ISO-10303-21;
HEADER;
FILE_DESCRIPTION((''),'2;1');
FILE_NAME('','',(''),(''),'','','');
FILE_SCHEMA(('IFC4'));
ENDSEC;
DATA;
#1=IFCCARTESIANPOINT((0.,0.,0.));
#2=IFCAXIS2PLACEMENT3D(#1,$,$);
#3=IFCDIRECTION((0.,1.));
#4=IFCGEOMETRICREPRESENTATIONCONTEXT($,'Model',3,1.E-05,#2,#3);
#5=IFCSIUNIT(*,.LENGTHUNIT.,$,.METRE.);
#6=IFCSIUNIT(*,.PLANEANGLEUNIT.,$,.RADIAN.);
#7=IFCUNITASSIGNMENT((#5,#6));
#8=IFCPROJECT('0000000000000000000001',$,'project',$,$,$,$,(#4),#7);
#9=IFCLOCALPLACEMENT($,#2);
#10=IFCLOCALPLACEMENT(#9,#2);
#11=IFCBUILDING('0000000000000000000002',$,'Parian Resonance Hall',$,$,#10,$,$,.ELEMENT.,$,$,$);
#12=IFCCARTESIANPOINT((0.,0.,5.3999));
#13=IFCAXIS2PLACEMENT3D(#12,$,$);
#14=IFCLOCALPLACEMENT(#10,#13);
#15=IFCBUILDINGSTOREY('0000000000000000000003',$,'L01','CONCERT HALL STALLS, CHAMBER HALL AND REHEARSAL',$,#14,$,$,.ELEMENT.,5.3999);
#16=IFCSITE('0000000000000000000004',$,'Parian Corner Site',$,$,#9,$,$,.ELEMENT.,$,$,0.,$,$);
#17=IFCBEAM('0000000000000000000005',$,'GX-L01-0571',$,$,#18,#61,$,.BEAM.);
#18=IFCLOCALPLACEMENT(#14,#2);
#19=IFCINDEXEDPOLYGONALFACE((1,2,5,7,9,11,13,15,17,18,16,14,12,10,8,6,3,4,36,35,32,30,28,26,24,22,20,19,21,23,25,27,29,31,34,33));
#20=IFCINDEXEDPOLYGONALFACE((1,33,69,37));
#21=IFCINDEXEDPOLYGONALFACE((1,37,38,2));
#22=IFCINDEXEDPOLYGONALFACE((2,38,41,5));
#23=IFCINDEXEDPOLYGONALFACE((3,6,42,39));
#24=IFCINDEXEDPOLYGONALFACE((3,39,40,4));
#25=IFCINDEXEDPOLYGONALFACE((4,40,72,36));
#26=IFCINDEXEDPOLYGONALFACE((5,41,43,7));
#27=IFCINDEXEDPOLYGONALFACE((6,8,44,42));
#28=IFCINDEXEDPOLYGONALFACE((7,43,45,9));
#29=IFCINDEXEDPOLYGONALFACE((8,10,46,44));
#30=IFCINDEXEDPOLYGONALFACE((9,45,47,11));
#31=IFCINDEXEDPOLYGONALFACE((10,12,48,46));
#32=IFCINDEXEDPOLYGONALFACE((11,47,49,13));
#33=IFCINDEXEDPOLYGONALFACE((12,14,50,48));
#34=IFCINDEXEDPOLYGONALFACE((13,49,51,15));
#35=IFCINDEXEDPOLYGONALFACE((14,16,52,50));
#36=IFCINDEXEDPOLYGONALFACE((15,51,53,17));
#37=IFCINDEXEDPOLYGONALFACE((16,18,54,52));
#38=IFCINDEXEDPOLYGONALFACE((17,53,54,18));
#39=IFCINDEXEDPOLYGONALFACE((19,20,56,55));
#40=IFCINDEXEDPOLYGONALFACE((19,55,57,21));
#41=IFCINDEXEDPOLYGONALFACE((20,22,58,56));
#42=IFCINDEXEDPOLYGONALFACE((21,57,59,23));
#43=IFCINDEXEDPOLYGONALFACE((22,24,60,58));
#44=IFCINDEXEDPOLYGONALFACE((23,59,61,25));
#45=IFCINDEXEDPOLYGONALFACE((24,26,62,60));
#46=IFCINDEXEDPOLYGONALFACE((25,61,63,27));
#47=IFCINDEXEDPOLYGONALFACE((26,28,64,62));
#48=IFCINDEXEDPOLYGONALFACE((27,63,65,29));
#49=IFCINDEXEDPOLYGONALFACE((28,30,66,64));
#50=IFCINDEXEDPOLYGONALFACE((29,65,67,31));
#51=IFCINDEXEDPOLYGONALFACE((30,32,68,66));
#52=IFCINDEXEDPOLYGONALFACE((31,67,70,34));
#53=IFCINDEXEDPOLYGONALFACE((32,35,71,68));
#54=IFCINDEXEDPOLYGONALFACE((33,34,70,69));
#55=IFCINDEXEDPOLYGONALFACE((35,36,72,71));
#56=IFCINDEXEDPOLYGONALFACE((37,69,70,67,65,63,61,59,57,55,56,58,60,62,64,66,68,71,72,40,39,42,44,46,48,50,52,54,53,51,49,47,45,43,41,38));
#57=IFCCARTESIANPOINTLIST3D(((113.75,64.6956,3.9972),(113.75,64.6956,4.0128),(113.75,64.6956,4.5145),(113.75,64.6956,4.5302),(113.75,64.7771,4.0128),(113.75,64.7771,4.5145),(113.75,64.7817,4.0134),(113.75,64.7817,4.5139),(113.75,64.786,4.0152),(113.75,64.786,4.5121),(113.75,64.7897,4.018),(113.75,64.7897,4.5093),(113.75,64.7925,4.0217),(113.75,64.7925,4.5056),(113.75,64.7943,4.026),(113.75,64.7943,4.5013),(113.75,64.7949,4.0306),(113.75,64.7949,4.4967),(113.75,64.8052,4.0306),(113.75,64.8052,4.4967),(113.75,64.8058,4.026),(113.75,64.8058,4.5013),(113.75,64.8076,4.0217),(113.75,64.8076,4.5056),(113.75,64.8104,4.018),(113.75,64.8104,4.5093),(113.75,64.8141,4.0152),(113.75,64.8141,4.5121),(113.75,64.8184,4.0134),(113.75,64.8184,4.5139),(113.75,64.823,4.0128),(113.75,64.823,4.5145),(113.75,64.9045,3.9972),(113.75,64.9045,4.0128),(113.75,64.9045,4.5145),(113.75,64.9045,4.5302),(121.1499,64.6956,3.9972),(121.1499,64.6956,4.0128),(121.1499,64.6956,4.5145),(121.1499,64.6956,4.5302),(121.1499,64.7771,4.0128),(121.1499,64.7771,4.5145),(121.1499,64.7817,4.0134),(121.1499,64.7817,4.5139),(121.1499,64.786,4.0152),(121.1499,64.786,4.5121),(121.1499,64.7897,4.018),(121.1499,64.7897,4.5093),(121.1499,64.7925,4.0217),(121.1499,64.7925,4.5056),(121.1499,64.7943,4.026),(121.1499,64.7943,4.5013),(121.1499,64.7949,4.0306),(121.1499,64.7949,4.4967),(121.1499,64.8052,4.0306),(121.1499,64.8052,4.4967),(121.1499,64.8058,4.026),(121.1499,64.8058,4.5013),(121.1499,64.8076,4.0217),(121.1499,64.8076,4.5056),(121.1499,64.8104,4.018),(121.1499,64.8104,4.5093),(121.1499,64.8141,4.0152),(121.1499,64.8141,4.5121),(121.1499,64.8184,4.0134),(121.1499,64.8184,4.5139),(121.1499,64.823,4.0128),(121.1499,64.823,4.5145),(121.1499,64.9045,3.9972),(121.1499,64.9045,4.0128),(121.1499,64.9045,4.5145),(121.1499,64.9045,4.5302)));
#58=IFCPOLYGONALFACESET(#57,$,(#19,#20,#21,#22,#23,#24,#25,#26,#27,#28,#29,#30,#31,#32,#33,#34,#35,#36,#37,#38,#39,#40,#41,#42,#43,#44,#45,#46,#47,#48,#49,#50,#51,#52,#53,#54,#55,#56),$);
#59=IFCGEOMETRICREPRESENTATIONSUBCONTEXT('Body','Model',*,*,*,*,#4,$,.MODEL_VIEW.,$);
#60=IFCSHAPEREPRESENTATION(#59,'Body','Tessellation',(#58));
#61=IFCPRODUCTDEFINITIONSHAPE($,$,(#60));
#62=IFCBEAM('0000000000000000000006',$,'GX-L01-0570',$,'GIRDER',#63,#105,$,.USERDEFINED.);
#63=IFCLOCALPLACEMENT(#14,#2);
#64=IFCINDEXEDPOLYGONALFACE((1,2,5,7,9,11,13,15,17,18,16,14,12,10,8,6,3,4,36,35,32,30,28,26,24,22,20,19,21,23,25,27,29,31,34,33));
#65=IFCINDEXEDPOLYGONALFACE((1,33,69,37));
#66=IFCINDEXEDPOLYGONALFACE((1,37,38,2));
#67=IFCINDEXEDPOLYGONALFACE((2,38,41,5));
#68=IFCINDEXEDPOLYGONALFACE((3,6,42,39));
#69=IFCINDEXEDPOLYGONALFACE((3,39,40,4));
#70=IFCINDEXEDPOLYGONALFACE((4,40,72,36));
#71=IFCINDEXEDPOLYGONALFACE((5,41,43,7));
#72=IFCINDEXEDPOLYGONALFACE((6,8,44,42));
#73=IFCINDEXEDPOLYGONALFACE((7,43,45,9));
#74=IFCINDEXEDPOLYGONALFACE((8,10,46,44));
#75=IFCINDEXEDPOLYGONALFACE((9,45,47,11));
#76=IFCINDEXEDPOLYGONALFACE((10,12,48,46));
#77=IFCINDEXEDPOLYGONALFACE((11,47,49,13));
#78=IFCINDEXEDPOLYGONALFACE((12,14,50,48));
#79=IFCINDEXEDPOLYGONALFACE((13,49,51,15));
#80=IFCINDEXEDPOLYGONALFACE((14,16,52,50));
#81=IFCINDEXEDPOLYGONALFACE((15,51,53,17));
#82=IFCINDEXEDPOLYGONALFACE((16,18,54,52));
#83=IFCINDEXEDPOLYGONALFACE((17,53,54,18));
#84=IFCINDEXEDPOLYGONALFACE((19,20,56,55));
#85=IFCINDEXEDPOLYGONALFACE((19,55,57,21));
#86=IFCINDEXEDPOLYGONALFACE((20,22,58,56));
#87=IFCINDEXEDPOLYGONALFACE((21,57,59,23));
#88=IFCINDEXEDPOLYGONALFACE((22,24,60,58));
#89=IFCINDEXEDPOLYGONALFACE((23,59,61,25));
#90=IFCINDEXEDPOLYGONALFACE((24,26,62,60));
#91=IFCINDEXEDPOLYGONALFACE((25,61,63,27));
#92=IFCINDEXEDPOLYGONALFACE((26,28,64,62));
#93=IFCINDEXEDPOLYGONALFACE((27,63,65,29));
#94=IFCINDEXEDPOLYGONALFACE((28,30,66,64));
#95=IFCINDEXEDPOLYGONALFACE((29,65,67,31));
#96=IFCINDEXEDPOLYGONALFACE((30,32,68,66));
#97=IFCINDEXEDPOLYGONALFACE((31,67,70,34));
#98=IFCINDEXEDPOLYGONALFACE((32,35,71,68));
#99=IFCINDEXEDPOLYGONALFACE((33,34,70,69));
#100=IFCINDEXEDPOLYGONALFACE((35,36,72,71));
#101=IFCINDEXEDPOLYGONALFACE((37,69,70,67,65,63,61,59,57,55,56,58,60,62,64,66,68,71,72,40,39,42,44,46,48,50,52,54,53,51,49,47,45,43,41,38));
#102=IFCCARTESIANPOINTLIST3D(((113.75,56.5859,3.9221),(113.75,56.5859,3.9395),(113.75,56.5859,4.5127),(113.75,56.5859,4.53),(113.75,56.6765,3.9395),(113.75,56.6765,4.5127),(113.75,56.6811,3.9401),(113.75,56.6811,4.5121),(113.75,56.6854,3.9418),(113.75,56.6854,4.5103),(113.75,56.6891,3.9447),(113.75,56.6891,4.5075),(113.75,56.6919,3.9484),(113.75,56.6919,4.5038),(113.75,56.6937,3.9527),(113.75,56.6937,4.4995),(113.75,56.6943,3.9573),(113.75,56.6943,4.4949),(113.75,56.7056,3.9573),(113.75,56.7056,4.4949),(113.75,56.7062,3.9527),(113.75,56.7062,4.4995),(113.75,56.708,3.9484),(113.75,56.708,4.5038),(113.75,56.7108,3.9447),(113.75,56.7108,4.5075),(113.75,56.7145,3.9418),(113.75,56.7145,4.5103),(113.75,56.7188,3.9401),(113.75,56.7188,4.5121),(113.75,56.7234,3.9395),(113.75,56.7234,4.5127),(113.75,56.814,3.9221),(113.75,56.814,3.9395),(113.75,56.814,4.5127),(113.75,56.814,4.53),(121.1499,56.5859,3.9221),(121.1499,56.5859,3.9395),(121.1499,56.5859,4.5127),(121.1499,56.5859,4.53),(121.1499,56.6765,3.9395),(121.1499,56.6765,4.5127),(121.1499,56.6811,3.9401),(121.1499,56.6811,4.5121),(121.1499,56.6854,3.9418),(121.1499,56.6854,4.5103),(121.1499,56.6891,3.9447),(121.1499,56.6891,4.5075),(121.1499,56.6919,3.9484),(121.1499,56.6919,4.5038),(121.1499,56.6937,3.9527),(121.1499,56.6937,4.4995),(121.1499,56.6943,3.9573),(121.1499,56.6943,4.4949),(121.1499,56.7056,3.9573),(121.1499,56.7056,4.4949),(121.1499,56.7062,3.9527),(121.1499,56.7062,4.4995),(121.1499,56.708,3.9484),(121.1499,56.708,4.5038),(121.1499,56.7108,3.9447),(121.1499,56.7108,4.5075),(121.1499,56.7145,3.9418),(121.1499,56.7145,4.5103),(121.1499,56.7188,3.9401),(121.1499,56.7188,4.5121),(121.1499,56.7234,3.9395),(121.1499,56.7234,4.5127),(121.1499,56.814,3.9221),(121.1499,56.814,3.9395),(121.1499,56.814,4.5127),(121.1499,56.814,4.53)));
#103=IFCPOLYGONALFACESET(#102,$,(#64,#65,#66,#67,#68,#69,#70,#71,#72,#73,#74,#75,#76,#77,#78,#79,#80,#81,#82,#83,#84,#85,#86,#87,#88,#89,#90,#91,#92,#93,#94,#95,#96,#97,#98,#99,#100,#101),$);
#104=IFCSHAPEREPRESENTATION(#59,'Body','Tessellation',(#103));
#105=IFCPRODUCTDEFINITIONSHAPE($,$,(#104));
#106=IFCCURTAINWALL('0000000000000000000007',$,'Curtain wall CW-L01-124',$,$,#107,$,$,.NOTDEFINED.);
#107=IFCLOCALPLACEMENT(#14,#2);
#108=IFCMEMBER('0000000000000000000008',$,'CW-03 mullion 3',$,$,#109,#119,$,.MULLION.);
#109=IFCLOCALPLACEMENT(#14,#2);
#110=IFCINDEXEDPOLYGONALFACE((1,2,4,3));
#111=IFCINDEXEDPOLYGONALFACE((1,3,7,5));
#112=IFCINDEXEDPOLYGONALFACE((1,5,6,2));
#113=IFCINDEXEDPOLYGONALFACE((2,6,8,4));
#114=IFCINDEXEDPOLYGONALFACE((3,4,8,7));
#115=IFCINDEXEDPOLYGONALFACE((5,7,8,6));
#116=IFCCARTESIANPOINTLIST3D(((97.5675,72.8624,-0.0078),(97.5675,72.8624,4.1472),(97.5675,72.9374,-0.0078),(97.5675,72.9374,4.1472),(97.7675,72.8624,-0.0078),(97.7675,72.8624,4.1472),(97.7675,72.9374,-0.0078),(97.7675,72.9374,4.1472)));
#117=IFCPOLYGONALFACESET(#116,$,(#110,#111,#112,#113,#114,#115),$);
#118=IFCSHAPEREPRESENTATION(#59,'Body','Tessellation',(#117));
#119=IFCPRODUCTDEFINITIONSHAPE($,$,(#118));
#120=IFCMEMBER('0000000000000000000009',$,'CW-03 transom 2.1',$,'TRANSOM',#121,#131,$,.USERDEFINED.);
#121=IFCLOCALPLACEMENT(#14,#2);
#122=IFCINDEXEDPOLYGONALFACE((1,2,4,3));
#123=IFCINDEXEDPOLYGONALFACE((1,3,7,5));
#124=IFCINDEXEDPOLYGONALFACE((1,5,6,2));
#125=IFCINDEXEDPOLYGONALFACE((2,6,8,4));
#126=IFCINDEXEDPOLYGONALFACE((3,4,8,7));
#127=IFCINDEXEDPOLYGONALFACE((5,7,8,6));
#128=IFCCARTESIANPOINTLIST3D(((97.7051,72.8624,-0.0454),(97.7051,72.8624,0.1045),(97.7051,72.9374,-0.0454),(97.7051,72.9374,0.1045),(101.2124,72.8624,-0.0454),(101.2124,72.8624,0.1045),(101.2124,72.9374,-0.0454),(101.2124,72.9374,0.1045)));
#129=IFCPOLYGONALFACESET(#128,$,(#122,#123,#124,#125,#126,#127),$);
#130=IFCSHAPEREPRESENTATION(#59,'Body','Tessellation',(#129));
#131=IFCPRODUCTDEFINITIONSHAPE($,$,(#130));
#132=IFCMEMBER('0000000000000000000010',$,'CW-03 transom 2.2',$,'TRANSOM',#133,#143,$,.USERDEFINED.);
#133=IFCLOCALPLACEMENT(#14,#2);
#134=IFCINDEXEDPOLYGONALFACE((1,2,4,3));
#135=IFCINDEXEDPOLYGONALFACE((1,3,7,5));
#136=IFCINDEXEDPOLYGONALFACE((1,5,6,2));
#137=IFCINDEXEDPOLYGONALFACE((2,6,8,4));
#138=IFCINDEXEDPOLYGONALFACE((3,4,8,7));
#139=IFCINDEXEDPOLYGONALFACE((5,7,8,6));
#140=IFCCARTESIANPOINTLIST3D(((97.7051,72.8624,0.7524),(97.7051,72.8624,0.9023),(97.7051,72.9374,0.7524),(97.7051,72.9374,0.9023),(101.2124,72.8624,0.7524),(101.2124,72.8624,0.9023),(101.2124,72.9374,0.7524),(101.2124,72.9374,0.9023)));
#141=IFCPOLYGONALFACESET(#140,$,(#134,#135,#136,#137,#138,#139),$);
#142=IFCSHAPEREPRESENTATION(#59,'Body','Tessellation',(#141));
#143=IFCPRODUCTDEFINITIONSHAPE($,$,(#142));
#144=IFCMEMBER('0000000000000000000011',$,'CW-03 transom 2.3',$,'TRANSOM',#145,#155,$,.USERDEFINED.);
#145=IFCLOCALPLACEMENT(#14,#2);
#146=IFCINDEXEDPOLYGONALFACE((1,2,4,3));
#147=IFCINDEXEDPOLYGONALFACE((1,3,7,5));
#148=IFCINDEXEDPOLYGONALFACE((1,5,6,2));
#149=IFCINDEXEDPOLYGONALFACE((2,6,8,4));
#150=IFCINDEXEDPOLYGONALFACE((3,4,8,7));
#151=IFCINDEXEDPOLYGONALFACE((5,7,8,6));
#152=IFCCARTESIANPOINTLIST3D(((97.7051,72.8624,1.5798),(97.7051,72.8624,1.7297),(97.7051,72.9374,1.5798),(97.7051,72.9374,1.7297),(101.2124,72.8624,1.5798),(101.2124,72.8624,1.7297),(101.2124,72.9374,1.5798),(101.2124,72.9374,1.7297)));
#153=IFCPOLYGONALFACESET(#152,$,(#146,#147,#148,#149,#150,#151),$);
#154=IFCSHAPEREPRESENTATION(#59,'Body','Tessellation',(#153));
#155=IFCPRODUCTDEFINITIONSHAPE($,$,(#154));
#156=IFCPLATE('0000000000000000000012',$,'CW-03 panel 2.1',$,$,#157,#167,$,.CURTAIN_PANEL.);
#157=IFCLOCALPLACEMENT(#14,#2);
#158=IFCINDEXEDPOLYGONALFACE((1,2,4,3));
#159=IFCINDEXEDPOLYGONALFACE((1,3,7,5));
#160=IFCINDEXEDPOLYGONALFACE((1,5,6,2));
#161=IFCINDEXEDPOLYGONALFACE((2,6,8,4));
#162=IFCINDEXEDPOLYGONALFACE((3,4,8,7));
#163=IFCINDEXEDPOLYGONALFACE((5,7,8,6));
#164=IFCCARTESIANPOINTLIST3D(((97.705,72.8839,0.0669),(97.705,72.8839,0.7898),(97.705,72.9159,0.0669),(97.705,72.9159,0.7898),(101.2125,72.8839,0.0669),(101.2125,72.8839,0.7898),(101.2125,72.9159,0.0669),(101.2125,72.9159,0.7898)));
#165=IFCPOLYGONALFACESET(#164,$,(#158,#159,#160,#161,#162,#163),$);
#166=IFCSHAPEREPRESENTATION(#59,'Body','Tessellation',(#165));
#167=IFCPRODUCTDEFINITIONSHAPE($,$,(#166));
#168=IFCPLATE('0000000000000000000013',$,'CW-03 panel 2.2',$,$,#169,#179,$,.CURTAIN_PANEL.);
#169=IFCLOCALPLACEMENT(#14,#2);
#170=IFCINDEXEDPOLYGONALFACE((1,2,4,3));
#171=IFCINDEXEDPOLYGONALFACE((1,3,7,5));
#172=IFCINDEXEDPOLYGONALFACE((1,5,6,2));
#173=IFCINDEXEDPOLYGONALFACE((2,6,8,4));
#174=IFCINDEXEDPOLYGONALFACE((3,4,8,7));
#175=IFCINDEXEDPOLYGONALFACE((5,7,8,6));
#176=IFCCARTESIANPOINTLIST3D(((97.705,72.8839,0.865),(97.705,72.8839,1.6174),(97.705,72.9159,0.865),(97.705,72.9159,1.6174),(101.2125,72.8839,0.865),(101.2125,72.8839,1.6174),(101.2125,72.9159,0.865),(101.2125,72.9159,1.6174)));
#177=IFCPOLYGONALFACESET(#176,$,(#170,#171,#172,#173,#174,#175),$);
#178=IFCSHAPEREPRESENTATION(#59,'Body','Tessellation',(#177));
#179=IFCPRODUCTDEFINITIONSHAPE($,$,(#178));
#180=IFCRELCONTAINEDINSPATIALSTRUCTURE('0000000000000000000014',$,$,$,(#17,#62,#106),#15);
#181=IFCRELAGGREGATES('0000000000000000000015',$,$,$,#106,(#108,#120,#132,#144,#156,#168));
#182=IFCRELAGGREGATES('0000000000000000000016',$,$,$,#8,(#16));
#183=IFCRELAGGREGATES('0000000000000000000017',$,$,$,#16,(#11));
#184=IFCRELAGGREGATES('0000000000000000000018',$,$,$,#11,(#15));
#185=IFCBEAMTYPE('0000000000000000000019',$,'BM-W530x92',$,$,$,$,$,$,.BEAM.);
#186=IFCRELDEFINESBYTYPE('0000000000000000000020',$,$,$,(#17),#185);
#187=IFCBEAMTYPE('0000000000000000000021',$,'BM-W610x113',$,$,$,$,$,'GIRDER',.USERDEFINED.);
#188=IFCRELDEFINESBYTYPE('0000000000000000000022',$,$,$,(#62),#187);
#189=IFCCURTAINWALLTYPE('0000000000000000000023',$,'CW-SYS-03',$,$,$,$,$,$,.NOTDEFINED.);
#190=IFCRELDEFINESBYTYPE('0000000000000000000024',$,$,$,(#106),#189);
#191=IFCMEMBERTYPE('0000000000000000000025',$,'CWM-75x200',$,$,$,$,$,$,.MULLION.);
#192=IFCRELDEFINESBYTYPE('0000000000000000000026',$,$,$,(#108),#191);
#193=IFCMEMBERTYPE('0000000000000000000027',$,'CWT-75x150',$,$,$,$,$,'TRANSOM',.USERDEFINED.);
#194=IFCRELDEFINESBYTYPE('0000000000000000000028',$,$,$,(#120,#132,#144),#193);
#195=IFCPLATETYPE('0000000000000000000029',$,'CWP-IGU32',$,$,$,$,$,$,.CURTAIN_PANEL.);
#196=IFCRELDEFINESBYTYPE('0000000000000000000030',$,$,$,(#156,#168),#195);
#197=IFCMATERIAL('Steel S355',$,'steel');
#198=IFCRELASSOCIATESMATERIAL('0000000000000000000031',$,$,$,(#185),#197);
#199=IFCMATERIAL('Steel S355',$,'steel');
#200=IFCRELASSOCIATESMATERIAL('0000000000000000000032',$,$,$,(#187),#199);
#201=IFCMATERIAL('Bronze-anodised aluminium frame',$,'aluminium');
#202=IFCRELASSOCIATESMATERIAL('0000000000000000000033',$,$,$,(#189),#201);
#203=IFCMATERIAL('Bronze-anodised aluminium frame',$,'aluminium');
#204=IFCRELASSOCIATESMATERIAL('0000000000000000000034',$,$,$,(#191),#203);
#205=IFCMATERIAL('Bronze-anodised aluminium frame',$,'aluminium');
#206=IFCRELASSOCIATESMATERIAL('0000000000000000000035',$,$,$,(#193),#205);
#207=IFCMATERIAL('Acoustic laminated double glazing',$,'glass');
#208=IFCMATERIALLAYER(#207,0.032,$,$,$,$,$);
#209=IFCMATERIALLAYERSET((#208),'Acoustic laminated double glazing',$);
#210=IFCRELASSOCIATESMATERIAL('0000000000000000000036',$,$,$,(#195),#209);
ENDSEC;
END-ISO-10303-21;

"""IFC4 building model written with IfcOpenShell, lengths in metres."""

from ifc_helpers import new_model, si_unit, direction, frame, origin, origin_2d, place, context, subcontext, project, spatial, rectangle, i_section, extrude, material, layer, layer_set, material_profile, profile_set, type_object, element, aggregate, save


model = new_model("IFC4")

# Units and contexts
model_context = context("Model", 3, precision=1e-05, world=origin(), true_north=direction((0.0, 1.0)))
body_context = subcontext(model_context, "Body", "Model", "MODEL_VIEW")
ifc_project = project(units=[si_unit("LENGTHUNIT", "METRE"), si_unit("PLANEANGLEUNIT", "RADIAN")], contexts=[model_context])

# Site, building, storey
site_placement = place(None, origin())
site = spatial("IfcSite", under=ifc_project, at=site_placement, Name="Parian Corner Site", CompositionType="ELEMENT", RefElevation=0.0)
building_placement = place(site_placement, origin())
building = spatial("IfcBuilding", under=site, at=building_placement, Name="Parian Resonance Hall", CompositionType="ELEMENT")
storey_placement = place(building_placement, frame((0.0, 0.0, 5.3999)))
storey = spatial("IfcBuildingStorey", under=building, at=storey_placement, Name="L01", Description="CONCERT HALL STALLS, CHAMBER HALL AND REHEARSAL", CompositionType="ELEMENT", Elevation=5.3999)

# Beams
ifc_material_1 = material(Name="Steel S355", Category="steel")
ifc_material_profile_1 = material_profile(ifc_material_1, i_section(OverallWidth=0.209, OverallDepth=0.533, WebThickness=0.0103, FlangeThickness=0.0156, FilletRadius=0.0178, at=origin_2d()), Name="W530x92")
ifc_profile_set_1 = profile_set([ifc_material_profile_1], Name="Steel S355")
beam_type_1 = type_object("IfcBeamType", Name="BM-W530x92", PredefinedType="BEAM", material=ifc_profile_set_1)
beam_1_placement = place(storey_placement, frame((113.75, 64.8, 4.2637), z_axis=(1.0, 0.0, 0.0), x_axis=(0.0, 1.0, 0.0)))
element("IfcBeam", 1, at=beam_1_placement, inside=storey, type_object=beam_type_1, Name="GX-L01-0571", PredefinedType="BEAM", context=body_context, shape_type="SweptSolid", body=[
    extrude(i_section(OverallWidth=0.209, OverallDepth=0.533, WebThickness=0.0103, FlangeThickness=0.0156, FilletRadius=0.0178, at=origin_2d()), origin(), (0.0, 0.0, 1.0), 7.3999),
])
ifc_material_2 = material(Name="Steel S355", Category="steel")
ifc_material_profile_2 = material_profile(ifc_material_2, i_section(OverallWidth=0.228, OverallDepth=0.6079, WebThickness=0.0112, FlangeThickness=0.0173, FilletRadius=0.0178, at=origin_2d()), Name="W610x113")
ifc_profile_set_2 = profile_set([ifc_material_profile_2], Name="Steel S355")
beam_type_2 = type_object("IfcBeamType", Name="BM-W610x113", ElementType="GIRDER", PredefinedType="USERDEFINED", material=ifc_profile_set_2)
beam_2_placement = place(storey_placement, frame((113.75, 56.7, 4.2261), z_axis=(1.0, 0.0, 0.0), x_axis=(0.0, 1.0, 0.0)))
element("IfcBeam", 2, at=beam_2_placement, inside=storey, type_object=beam_type_2, Name="GX-L01-0570", ObjectType="GIRDER", PredefinedType="USERDEFINED", context=body_context, shape_type="SweptSolid", body=[
    extrude(i_section(OverallWidth=0.228, OverallDepth=0.6079, WebThickness=0.0112, FlangeThickness=0.0173, FilletRadius=0.0178, at=origin_2d()), origin(), (0.0, 0.0, 1.0), 7.3999),
])

# Curtain wall, members, plates
ifc_material_3 = material(Name="Bronze-anodised aluminium frame", Category="aluminium")
curtain_wall_type = type_object("IfcCurtainWallType", Name="CW-SYS-03", PredefinedType="NOTDEFINED", material=ifc_material_3)
curtain_wall_placement = place(storey_placement, origin())
curtain_wall = element("IfcCurtainWall", 3, at=curtain_wall_placement, inside=storey, type_object=curtain_wall_type, Name="Curtain wall CW-L01-124", PredefinedType="NOTDEFINED")
ifc_material_4 = material(Name="Bronze-anodised aluminium frame", Category="aluminium")
ifc_material_profile_3 = material_profile(ifc_material_4, rectangle(XDim=0.075, YDim=0.2, at=origin_2d()), Name="CWM-75x200")
ifc_profile_set_3 = profile_set([ifc_material_profile_3], Name="Bronze-anodised aluminium frame")
member_type_1 = type_object("IfcMemberType", Name="CWM-75x200", PredefinedType="MULLION", material=ifc_profile_set_3)
member_1_placement = place(storey_placement, frame((97.6675, 72.8999, -0.0078), z_axis=(0.0, 0.0, 1.0), x_axis=(0.0, -1.0, 0.0)))
member_1 = element("IfcMember", 4, at=member_1_placement, type_object=member_type_1, Name="CW-03 mullion 3", PredefinedType="MULLION", context=body_context, shape_type="SweptSolid", body=[
    extrude(rectangle(XDim=0.075, YDim=0.2, at=origin_2d()), origin(), (0.0, 0.0, 1.0), 4.155),
])
ifc_material_5 = material(Name="Bronze-anodised aluminium frame", Category="aluminium")
ifc_material_profile_4 = material_profile(ifc_material_5, rectangle(XDim=0.075, YDim=0.1499, at=origin_2d()), Name="CWT-75x150")
ifc_profile_set_4 = profile_set([ifc_material_profile_4], Name="Bronze-anodised aluminium frame")
member_type_2 = type_object("IfcMemberType", Name="CWT-75x150", ElementType="TRANSOM", PredefinedType="USERDEFINED", material=ifc_profile_set_4)
member_2_placement = place(storey_placement, frame((101.2124, 72.8999, 0.0295), z_axis=(-1.0, 0.0, 0.0), x_axis=(0.0, -1.0, 0.0)))
member_2 = element("IfcMember", 5, at=member_2_placement, type_object=member_type_2, Name="CW-03 transom 2.1", ObjectType="TRANSOM", PredefinedType="USERDEFINED", context=body_context, shape_type="SweptSolid", body=[
    extrude(rectangle(XDim=0.075, YDim=0.1499, at=origin_2d()), origin(), (0.0, 0.0, 1.0), 3.5073),
])
member_3_placement = place(storey_placement, frame((101.2124, 72.8999, 0.8274), z_axis=(-1.0, 0.0, 0.0), x_axis=(0.0, -1.0, 0.0)))
member_3 = element("IfcMember", 6, at=member_3_placement, type_object=member_type_2, Name="CW-03 transom 2.2", ObjectType="TRANSOM", PredefinedType="USERDEFINED", context=body_context, shape_type="SweptSolid", body=[
    extrude(rectangle(XDim=0.075, YDim=0.1499, at=origin_2d()), origin(), (0.0, 0.0, 1.0), 3.5073),
])
member_4_placement = place(storey_placement, frame((101.2124, 72.8999, 1.6548), z_axis=(-1.0, 0.0, 0.0), x_axis=(0.0, -1.0, 0.0)))
member_4 = element("IfcMember", 7, at=member_4_placement, type_object=member_type_2, Name="CW-03 transom 2.3", ObjectType="TRANSOM", PredefinedType="USERDEFINED", context=body_context, shape_type="SweptSolid", body=[
    extrude(rectangle(XDim=0.075, YDim=0.1499, at=origin_2d()), origin(), (0.0, 0.0, 1.0), 3.5073),
])
ifc_material_6 = material(Name="Acoustic laminated double glazing", Category="glass")
ifc_layer_1 = layer(ifc_material_6, 0.032)
ifc_layer_set_1 = layer_set([ifc_layer_1], Name="Acoustic laminated double glazing")
plate_type = type_object("IfcPlateType", Name="CWP-IGU32", PredefinedType="CURTAIN_PANEL", material=ifc_layer_set_1)
plate_1_placement = place(storey_placement, frame((99.4587, 72.8999, 0.0669), z_axis=(0.0, 0.0, 1.0), x_axis=(-1.0, 0.0, 0.0)))
plate_1 = element("IfcPlate", 8, at=plate_1_placement, type_object=plate_type, Name="CW-03 panel 2.1", PredefinedType="CURTAIN_PANEL", context=body_context, shape_type="SweptSolid", body=[
    extrude(rectangle(XDim=3.5076, YDim=0.032, at=origin_2d()), origin(), (0.0, 0.0, 1.0), 0.7229),
])
plate_2_placement = place(storey_placement, frame((99.4587, 72.8999, 0.865), z_axis=(0.0, 0.0, 1.0), x_axis=(-1.0, 0.0, 0.0)))
plate_2 = element("IfcPlate", 9, at=plate_2_placement, type_object=plate_type, Name="CW-03 panel 2.2", PredefinedType="CURTAIN_PANEL", context=body_context, shape_type="SweptSolid", body=[
    extrude(rectangle(XDim=3.5076, YDim=0.032, at=origin_2d()), origin(), (0.0, 0.0, 1.0), 0.7524),
])
aggregate(curtain_wall, [member_1, member_2, member_3, member_4, plate_1, plate_2])

save(model, "model.ifc")
